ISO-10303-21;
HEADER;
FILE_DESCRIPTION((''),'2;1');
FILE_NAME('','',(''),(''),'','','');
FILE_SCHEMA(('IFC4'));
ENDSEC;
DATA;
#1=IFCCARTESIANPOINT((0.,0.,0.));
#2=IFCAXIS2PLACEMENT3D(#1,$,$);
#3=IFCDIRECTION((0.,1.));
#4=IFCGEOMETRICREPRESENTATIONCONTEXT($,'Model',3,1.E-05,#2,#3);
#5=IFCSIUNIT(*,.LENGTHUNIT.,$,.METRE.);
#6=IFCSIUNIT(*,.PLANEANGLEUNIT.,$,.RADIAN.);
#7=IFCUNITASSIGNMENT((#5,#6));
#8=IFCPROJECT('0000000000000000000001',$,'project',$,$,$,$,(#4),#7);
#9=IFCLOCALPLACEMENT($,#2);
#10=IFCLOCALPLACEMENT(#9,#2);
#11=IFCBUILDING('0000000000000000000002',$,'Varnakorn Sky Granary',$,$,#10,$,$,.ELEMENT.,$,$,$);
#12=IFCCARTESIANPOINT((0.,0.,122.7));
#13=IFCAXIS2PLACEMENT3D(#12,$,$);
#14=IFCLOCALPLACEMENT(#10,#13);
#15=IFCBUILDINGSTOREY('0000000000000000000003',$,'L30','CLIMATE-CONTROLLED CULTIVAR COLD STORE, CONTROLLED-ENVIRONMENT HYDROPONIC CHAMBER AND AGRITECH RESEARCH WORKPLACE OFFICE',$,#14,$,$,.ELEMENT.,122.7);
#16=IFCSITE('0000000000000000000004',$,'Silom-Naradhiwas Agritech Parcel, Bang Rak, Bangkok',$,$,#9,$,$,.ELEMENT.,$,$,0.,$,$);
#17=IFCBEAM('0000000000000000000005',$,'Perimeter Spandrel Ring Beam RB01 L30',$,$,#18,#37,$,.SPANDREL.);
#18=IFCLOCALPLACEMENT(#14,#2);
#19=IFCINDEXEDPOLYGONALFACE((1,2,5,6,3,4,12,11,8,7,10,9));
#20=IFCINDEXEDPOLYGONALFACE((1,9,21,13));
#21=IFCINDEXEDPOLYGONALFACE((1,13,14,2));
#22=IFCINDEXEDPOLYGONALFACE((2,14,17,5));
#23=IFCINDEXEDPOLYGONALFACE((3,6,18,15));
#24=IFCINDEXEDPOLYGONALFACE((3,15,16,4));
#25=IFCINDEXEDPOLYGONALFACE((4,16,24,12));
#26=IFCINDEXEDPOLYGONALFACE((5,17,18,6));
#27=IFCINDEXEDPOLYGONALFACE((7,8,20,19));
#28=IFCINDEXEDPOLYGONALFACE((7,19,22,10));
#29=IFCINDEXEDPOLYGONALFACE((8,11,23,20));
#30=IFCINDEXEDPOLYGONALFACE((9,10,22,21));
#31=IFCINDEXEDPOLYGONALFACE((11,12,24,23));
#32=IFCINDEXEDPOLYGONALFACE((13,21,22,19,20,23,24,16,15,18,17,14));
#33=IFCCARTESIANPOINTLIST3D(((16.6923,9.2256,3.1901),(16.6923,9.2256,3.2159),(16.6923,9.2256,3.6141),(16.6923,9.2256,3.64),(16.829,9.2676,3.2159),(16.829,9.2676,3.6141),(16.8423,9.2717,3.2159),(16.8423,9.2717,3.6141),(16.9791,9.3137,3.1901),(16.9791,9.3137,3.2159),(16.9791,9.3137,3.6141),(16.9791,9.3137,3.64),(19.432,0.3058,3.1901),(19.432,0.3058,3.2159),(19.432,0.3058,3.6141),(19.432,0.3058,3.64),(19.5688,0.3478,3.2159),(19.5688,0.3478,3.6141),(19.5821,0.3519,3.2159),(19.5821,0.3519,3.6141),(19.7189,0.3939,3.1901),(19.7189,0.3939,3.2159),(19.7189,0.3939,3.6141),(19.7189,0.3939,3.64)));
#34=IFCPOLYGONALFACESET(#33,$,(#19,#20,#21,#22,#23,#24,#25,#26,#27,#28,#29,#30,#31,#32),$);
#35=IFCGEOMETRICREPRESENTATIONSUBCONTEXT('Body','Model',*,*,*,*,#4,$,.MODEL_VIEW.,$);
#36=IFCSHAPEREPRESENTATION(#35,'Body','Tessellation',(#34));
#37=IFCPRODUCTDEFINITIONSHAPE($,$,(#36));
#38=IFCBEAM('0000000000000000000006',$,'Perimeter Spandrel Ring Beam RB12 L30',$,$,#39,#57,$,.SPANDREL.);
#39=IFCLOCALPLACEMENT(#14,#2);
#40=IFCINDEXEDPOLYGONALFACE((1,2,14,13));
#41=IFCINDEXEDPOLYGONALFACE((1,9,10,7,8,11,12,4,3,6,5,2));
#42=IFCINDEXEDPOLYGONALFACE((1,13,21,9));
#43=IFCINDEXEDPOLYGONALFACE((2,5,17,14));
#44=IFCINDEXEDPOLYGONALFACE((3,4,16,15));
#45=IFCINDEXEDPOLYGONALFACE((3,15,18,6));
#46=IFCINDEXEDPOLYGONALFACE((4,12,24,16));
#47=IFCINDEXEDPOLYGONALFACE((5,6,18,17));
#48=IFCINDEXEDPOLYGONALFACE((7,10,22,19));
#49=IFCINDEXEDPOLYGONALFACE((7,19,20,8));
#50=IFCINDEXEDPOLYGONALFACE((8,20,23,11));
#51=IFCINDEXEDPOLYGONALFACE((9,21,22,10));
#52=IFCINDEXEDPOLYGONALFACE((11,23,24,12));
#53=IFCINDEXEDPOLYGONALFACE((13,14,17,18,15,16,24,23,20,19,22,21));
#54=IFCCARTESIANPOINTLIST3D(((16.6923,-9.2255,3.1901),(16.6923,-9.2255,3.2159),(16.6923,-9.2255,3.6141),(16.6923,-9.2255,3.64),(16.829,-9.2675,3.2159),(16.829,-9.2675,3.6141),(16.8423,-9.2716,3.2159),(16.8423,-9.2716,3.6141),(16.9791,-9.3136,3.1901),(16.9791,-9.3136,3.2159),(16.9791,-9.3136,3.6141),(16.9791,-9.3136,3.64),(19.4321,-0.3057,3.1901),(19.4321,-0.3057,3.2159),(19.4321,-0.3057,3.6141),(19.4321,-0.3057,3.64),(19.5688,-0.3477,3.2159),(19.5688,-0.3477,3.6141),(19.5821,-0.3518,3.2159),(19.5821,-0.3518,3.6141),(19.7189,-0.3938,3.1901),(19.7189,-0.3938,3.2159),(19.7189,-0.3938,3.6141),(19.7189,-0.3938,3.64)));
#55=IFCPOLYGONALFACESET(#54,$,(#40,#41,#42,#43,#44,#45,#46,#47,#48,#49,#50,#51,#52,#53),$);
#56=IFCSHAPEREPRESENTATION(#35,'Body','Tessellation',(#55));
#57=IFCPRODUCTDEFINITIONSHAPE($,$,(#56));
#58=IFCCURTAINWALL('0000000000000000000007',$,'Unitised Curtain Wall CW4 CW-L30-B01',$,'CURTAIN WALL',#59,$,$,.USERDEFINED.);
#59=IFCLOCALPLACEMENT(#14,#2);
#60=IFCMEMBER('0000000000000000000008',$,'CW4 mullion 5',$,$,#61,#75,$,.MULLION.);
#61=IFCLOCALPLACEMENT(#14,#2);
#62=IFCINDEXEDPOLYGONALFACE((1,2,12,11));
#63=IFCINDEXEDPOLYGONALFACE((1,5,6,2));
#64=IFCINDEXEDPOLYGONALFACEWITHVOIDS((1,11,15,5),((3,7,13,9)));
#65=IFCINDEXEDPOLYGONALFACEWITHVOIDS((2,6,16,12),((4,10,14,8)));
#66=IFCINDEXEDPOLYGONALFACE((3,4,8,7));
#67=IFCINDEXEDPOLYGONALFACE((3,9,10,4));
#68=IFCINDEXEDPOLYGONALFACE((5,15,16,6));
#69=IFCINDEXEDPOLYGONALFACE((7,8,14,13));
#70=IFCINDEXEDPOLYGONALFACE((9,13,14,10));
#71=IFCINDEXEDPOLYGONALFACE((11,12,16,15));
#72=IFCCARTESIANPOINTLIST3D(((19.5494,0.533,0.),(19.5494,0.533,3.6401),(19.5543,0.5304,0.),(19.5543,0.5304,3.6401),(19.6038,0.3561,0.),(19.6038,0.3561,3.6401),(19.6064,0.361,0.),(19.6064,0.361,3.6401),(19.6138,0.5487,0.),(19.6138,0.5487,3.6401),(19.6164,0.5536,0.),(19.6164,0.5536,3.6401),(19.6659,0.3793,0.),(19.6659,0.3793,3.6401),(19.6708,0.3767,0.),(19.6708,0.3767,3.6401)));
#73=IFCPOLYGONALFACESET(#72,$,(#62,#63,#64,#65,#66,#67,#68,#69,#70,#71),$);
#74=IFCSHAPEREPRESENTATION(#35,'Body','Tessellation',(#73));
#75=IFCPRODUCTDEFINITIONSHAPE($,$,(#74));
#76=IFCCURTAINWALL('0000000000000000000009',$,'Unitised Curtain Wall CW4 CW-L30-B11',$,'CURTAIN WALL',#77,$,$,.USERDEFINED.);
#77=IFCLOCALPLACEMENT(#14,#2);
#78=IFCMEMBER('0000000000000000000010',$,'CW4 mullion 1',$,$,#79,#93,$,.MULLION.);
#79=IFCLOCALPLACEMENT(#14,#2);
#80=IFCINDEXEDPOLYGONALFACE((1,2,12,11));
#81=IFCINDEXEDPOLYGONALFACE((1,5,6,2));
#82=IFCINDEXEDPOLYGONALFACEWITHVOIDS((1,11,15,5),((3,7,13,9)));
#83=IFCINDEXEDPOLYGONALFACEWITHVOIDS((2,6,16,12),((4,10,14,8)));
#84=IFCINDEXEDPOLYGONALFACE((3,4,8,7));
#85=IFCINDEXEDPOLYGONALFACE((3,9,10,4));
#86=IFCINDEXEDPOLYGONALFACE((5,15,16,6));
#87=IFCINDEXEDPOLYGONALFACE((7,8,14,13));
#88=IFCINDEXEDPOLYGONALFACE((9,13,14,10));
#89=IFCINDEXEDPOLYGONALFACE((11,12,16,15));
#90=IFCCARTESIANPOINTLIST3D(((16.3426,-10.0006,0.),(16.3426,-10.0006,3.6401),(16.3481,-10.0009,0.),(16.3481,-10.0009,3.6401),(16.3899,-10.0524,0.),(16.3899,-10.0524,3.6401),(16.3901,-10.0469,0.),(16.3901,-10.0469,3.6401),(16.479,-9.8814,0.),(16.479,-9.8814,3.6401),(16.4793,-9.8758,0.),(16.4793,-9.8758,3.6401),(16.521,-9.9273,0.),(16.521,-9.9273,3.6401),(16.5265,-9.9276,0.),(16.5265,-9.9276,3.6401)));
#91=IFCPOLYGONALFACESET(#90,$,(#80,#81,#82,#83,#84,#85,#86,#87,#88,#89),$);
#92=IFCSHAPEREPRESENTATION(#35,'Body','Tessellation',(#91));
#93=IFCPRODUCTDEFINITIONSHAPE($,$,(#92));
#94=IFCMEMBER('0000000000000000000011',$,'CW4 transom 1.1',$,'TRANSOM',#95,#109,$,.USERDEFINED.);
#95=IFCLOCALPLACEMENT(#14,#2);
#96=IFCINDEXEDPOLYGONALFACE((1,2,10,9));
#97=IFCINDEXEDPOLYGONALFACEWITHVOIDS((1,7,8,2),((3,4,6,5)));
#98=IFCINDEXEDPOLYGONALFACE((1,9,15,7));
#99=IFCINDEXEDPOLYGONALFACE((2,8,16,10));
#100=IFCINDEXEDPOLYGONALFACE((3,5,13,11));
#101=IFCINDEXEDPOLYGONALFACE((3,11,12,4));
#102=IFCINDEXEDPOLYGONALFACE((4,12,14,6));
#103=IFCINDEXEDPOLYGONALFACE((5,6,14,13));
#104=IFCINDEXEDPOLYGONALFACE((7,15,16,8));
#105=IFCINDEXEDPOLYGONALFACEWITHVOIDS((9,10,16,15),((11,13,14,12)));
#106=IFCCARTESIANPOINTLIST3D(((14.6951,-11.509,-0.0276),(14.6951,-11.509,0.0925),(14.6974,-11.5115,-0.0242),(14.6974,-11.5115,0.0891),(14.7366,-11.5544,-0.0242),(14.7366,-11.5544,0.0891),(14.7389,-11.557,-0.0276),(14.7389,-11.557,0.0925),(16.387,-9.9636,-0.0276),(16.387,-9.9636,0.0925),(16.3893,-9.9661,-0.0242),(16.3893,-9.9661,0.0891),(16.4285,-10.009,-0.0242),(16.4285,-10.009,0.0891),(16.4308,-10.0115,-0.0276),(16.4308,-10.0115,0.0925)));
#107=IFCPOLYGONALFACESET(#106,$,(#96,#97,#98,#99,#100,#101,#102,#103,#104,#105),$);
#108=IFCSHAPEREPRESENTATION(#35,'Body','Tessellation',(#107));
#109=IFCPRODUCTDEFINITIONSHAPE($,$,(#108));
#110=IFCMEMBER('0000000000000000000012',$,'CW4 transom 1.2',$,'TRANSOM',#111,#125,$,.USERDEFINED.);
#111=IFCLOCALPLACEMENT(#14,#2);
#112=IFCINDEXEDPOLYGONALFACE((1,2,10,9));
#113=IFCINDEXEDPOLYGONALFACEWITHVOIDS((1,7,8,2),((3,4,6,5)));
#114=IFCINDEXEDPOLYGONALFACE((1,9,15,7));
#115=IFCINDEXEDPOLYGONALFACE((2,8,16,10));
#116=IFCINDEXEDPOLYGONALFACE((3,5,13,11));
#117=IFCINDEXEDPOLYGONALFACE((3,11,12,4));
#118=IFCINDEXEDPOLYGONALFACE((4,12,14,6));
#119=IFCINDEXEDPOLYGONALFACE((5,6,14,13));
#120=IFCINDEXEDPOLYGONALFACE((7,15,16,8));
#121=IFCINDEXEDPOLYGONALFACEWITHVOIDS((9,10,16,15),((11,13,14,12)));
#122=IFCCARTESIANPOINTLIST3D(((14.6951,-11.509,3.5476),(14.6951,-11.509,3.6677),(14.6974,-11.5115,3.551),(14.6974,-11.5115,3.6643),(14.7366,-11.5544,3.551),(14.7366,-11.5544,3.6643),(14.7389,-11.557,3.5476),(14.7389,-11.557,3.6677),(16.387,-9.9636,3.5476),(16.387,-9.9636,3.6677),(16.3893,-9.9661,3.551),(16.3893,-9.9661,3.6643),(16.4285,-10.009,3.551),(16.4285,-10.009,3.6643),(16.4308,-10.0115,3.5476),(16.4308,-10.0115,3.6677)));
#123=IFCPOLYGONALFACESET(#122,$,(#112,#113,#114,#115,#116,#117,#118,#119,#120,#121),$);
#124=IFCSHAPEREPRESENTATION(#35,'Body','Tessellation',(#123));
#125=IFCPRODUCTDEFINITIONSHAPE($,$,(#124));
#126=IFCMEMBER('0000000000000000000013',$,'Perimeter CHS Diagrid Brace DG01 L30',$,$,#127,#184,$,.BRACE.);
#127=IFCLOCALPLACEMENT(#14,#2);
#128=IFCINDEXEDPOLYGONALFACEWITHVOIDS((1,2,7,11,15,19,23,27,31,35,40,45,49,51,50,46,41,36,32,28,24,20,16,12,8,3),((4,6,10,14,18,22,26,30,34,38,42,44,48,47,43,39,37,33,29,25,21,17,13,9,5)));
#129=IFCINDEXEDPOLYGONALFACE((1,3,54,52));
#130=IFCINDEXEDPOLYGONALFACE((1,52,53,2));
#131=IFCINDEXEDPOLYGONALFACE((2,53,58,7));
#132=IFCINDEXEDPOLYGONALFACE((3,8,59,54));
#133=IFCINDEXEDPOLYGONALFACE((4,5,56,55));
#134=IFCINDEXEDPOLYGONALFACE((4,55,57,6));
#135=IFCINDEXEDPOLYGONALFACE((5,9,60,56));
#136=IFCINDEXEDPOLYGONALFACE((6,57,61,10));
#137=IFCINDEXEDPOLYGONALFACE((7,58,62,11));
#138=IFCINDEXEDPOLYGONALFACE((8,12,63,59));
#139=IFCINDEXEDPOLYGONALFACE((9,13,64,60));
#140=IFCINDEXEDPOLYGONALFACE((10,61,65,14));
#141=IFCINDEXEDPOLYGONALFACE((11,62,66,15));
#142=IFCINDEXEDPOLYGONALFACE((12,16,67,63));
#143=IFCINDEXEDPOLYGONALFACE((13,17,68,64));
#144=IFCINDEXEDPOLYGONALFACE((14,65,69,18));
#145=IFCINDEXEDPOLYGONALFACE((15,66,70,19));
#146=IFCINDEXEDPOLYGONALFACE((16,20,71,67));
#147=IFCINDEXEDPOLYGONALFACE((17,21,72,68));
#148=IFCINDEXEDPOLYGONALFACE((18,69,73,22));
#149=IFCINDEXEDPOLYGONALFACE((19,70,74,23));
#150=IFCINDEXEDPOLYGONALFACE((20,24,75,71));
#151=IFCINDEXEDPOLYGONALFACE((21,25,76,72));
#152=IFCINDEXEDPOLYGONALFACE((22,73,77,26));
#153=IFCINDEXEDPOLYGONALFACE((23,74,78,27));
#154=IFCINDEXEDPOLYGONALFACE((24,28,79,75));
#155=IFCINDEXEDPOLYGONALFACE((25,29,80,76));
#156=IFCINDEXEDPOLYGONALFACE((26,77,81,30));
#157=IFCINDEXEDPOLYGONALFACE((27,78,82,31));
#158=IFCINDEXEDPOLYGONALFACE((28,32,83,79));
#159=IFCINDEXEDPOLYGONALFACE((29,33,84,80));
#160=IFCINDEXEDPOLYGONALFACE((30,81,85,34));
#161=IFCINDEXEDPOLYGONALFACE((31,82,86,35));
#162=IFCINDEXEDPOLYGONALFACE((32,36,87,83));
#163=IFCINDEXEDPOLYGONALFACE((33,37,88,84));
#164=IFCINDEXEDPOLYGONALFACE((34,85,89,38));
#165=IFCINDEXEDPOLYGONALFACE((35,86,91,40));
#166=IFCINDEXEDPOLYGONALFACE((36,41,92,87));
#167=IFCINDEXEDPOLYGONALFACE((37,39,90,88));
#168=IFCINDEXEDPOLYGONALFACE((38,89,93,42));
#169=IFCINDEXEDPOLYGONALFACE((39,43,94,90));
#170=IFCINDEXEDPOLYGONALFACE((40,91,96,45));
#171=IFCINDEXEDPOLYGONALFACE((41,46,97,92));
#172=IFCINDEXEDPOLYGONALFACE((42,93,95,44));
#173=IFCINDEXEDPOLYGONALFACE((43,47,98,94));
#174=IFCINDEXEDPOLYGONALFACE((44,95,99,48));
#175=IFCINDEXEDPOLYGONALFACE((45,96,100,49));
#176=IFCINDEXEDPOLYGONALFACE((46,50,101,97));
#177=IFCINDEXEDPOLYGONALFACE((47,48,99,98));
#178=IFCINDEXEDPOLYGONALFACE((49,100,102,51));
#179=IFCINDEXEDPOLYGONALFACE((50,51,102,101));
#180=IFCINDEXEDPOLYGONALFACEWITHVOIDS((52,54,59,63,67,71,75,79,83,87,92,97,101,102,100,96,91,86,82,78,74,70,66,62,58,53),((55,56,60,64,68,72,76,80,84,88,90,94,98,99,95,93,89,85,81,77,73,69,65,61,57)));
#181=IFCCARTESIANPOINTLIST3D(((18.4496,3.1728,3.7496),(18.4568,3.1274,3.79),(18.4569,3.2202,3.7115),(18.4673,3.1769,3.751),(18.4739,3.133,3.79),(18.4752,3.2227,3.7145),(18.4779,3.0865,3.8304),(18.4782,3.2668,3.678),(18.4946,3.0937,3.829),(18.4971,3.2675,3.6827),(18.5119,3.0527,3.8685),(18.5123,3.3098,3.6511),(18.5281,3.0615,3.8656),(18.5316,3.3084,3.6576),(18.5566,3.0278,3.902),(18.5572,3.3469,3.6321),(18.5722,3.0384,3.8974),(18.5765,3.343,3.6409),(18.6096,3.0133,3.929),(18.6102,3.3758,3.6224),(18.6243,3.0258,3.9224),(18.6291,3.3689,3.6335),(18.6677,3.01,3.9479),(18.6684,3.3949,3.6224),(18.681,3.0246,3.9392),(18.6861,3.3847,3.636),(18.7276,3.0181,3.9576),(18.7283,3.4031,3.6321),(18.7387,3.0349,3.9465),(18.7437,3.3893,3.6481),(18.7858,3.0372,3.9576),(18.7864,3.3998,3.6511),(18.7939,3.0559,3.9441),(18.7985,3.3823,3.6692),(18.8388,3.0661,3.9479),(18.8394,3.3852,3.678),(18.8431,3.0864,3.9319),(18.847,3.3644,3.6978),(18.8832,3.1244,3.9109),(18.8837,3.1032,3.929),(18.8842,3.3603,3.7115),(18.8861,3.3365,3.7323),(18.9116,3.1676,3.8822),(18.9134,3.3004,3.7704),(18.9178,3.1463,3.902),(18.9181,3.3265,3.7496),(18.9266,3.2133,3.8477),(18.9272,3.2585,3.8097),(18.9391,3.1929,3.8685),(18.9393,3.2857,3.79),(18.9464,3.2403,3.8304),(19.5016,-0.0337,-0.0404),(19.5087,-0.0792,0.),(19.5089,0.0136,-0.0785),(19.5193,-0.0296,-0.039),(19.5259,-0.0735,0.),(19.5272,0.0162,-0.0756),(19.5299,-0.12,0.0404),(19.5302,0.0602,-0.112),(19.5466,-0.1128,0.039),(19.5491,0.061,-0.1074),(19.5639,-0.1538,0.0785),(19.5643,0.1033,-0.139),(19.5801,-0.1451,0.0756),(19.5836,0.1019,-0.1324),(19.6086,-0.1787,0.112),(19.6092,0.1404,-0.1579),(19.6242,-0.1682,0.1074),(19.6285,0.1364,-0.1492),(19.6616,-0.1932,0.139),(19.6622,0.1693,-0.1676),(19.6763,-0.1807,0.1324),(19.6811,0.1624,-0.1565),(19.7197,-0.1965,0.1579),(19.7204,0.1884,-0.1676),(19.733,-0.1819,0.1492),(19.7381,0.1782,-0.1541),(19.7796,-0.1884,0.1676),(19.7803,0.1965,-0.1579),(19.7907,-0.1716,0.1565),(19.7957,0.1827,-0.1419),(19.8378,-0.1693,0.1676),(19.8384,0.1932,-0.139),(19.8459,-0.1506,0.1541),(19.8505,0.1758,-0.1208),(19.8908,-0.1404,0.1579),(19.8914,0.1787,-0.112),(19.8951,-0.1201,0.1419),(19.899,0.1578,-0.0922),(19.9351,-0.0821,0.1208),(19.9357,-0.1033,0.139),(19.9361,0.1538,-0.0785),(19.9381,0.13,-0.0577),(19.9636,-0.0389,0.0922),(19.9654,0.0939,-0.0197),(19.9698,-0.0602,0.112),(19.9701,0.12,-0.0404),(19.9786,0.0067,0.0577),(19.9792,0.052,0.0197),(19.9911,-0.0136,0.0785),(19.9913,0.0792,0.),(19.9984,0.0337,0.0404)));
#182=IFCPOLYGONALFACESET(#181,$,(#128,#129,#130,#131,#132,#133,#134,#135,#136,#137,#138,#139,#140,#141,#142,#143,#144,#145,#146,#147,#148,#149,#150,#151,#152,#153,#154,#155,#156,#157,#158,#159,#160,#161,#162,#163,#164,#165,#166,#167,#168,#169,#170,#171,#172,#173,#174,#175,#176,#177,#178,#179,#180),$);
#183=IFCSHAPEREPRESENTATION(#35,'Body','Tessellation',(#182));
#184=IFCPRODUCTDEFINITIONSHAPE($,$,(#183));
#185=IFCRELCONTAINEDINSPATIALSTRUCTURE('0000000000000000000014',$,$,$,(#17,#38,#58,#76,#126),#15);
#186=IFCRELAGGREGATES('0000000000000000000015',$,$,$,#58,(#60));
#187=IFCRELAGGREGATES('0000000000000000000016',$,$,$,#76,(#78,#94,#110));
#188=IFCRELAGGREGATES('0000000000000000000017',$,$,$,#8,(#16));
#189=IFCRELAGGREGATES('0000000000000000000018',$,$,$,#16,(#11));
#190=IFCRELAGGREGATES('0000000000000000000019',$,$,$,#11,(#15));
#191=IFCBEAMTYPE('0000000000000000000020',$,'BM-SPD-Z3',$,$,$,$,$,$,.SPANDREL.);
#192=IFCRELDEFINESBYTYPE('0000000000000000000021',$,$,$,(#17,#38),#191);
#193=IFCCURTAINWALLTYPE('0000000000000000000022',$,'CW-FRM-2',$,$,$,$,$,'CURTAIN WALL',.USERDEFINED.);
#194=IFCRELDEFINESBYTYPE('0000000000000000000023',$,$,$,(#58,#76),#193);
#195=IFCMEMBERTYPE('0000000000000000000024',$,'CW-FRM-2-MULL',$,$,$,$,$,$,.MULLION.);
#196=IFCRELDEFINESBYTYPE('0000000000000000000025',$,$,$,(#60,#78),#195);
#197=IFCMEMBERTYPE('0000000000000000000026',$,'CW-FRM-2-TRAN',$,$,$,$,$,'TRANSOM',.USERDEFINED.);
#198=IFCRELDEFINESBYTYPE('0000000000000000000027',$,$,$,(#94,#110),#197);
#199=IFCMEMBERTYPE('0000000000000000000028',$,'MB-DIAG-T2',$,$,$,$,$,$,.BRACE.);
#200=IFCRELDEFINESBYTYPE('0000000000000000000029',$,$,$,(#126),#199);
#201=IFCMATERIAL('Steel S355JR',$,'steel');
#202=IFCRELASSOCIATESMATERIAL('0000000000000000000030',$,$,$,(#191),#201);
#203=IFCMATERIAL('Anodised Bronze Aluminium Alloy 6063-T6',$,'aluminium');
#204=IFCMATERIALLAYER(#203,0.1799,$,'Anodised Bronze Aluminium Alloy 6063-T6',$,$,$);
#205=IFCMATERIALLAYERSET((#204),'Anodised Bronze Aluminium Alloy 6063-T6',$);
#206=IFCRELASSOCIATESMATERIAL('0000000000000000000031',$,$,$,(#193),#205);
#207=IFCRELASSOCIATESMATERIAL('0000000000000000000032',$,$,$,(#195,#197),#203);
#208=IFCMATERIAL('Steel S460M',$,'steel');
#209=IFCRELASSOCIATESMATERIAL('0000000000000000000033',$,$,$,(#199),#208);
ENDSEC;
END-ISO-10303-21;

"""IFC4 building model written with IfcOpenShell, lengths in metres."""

from ifc_helpers import new_model, si_unit, direction, frame, origin, origin_2d, place, context, subcontext, project, spatial, hollow_rectangle, hollow_circle, i_section, extrude, material, layer, layer_set, material_profile, profile_set, type_object, element, aggregate, save


model = new_model("IFC4")

# Units and contexts
model_context = context("Model", 3, precision=1e-05, world=origin(), true_north=direction((0.0, 1.0)))
body_context = subcontext(model_context, "Body", "Model", "MODEL_VIEW")
ifc_project = project(units=[si_unit("LENGTHUNIT", "METRE"), si_unit("PLANEANGLEUNIT", "RADIAN")], contexts=[model_context])

# Site, building, storey
site_placement = place(None, origin())
site = spatial("IfcSite", under=ifc_project, at=site_placement, Name="Silom-Naradhiwas Agritech Parcel, Bang Rak, Bangkok", CompositionType="ELEMENT", RefElevation=0.0)
building_placement = place(site_placement, origin())
building = spatial("IfcBuilding", under=site, at=building_placement, Name="Varnakorn Sky Granary", CompositionType="ELEMENT")
storey_placement = place(building_placement, frame((0.0, 0.0, 122.7)))
storey = spatial("IfcBuildingStorey", under=building, at=storey_placement, Name="L30", Description="CLIMATE-CONTROLLED CULTIVAR COLD STORE, CONTROLLED-ENVIRONMENT HYDROPONIC CHAMBER AND AGRITECH RESEARCH WORKPLACE OFFICE", CompositionType="ELEMENT", Elevation=122.7)

# Shared definitions
ifc_material_1 = material(Name="Steel S460M", Category="steel")

# Beams
ifc_material_2 = material(Name="Steel S355JR", Category="steel")
ifc_material_profile_1 = material_profile(ifc_material_2, i_section(OverallWidth=0.3, OverallDepth=0.45, WebThickness=0.0139, FlangeThickness=0.0259, at=origin_2d()), Name="HE 450 B")
ifc_profile_set_1 = profile_set([ifc_material_profile_1], Name="Steel S355JR")
beam_type_1 = type_object("IfcBeamType", Name="BM-SPD-Z3", PredefinedType="SPANDREL", material=ifc_profile_set_1)
for number, where, z_axis, x_axis, name in (
    (1, (19.5754, 0.3499, 3.415), (-0.293619, 0.955923, 0.0), (-0.955923, -0.293619, 0.0), "Perimeter Spandrel Ring Beam RB01 L30"),
    (2, (16.8357, -9.2695, 3.415), (0.293619, 0.955923, 0.0), (-0.955923, 0.293619, 0.0), "Perimeter Spandrel Ring Beam RB12 L30"),
):
    element("IfcBeam", number, at=place(storey_placement, frame(where, z_axis=z_axis, x_axis=x_axis)), inside=storey, type_object=beam_type_1, Name=name, PredefinedType="SPANDREL", context=body_context, shape_type="SweptSolid", body=[
        extrude(i_section(OverallWidth=0.3, OverallDepth=0.45, WebThickness=0.0139, FlangeThickness=0.0259, at=origin_2d()), origin(), (0.0, 0.0, 1.0), 9.3311),
    ])

# Curtain wall, member
ifc_material_3 = material(Name="Anodised Bronze Aluminium Alloy 6063-T6", Category="aluminium")
ifc_layer_1 = layer(ifc_material_3, 0.1799, Name="Anodised Bronze Aluminium Alloy 6063-T6")
ifc_layer_set_1 = layer_set([ifc_layer_1], Name="Anodised Bronze Aluminium Alloy 6063-T6")
curtain_wall_type = type_object("IfcCurtainWallType", Name="CW-FRM-2", ElementType="CURTAIN WALL", PredefinedType="USERDEFINED", material=ifc_layer_set_1)
curtain_wall_1_placement = place(storey_placement, origin())
curtain_wall_1 = element("IfcCurtainWall", 3, at=curtain_wall_1_placement, inside=storey, type_object=curtain_wall_type, Name="Unitised Curtain Wall CW4 CW-L30-B01", ObjectType="CURTAIN WALL", PredefinedType="USERDEFINED")
ifc_material_profile_2 = material_profile(ifc_material_3, hollow_rectangle(XDim=0.0701, YDim=0.1851, WallThickness=0.0039, at=origin_2d()), Name="ALU MULL 70x185")
ifc_profile_set_2 = profile_set([ifc_material_profile_2], Name="Anodised Bronze Aluminium Alloy 6063-T6")
member_type_1 = type_object("IfcMemberType", Name="CW-FRM-2-MULL", PredefinedType="MULLION", material=ifc_profile_set_2)
member_1_placement = place(storey_placement, frame((19.6101, 0.4548, 0.0), z_axis=(0.0, 0.0, 1.0), x_axis=(0.95587, 0.293789, 0.0)))
member_1 = element("IfcMember", 4, at=member_1_placement, type_object=member_type_1, Name="CW4 mullion 5", PredefinedType="MULLION", context=body_context, shape_type="SweptSolid", body=[
    extrude(hollow_rectangle(XDim=0.0701, YDim=0.1851, WallThickness=0.0039, at=origin_2d()), origin(), (0.0, 0.0, 1.0), 3.6401),
])
aggregate(curtain_wall_1, [member_1])

# Curtain wall, members
curtain_wall_2_placement = place(storey_placement, origin())
curtain_wall_2 = element("IfcCurtainWall", 5, at=curtain_wall_2_placement, inside=storey, type_object=curtain_wall_type, Name="Unitised Curtain Wall CW4 CW-L30-B11", ObjectType="CURTAIN WALL", PredefinedType="USERDEFINED")
member_2_placement = place(storey_placement, frame((16.4346, -9.9641, 0.0), z_axis=(0.0, 0.0, 1.0), x_axis=(0.674407, -0.738359, 0.0)))
member_2 = element("IfcMember", 6, at=member_2_placement, type_object=member_type_1, Name="CW4 mullion 1", PredefinedType="MULLION", context=body_context, shape_type="SweptSolid", body=[
    extrude(hollow_rectangle(XDim=0.0701, YDim=0.1851, WallThickness=0.0039, at=origin_2d()), origin(), (0.0, 0.0, 1.0), 3.6401),
])
ifc_material_profile_3 = material_profile(ifc_material_3, hollow_rectangle(XDim=0.0649, YDim=0.1201, WallThickness=0.0034, at=origin_2d()), Name="ALU TRAN 65x120")
ifc_profile_set_3 = profile_set([ifc_material_profile_3], Name="Anodised Bronze Aluminium Alloy 6063-T6")
member_type_2 = type_object("IfcMemberType", Name="CW-FRM-2-TRAN", ElementType="TRANSOM", PredefinedType="USERDEFINED", material=ifc_profile_set_3)
member_3_placement = place(storey_placement, frame((16.4089, -9.9875, 0.0325), z_axis=(-0.738347, -0.674421, 0.0), x_axis=(0.674421, -0.738347, 0.0)))
member_3 = element("IfcMember", 7, at=member_3_placement, type_object=member_type_2, Name="CW4 transom 1.1", ObjectType="TRANSOM", PredefinedType="USERDEFINED", context=body_context, shape_type="SweptSolid", body=[
    extrude(hollow_rectangle(XDim=0.0649, YDim=0.1201, WallThickness=0.0034, at=origin_2d()), origin(), (0.0, 0.0, 1.0), 2.2915),
])
member_4_placement = place(storey_placement, frame((16.4089, -9.9875, 3.6077), z_axis=(-0.738347, -0.674421, 0.0), x_axis=(0.674421, -0.738347, 0.0)))
member_4 = element("IfcMember", 8, at=member_4_placement, type_object=member_type_2, Name="CW4 transom 1.2", ObjectType="TRANSOM", PredefinedType="USERDEFINED", context=body_context, shape_type="SweptSolid", body=[
    extrude(hollow_rectangle(XDim=0.0649, YDim=0.1201, WallThickness=0.0034, at=origin_2d()), origin(), (0.0, 0.0, 1.0), 2.2915),
])

# Member
ifc_material_profile_4 = material_profile(ifc_material_1, hollow_circle(Radius=0.2539, WallThickness=0.0181, at=origin_2d()), Name="CHS 508x18")
ifc_profile_set_4 = profile_set([ifc_material_profile_4], Name="Steel S460M")
member_type_3 = type_object("IfcMemberType", Name="MB-DIAG-T2", PredefinedType="BRACE", material=ifc_profile_set_4)
for number, where, z_axis, x_axis, name in (
    (9, (19.75, 0.0, 0.0), (-0.207302, 0.631863, 0.746843), (-0.95017, -0.311732, 0.0), "Perimeter CHS Diagrid Brace DG01 L30"),
):
    element("IfcMember", number, at=place(storey_placement, frame(where, z_axis=z_axis, x_axis=x_axis)), inside=storey, type_object=member_type_3, Name=name, PredefinedType="BRACE", context=body_context, shape_type="SweptSolid", body=[
        extrude(hollow_circle(Radius=0.2539, WallThickness=0.0181, at=origin_2d()), origin(), (0.0, 0.0, 1.0), 5.0747),
    ])

aggregate(curtain_wall_2, [member_2, member_3, member_4])

save(model, "model.ifc")
